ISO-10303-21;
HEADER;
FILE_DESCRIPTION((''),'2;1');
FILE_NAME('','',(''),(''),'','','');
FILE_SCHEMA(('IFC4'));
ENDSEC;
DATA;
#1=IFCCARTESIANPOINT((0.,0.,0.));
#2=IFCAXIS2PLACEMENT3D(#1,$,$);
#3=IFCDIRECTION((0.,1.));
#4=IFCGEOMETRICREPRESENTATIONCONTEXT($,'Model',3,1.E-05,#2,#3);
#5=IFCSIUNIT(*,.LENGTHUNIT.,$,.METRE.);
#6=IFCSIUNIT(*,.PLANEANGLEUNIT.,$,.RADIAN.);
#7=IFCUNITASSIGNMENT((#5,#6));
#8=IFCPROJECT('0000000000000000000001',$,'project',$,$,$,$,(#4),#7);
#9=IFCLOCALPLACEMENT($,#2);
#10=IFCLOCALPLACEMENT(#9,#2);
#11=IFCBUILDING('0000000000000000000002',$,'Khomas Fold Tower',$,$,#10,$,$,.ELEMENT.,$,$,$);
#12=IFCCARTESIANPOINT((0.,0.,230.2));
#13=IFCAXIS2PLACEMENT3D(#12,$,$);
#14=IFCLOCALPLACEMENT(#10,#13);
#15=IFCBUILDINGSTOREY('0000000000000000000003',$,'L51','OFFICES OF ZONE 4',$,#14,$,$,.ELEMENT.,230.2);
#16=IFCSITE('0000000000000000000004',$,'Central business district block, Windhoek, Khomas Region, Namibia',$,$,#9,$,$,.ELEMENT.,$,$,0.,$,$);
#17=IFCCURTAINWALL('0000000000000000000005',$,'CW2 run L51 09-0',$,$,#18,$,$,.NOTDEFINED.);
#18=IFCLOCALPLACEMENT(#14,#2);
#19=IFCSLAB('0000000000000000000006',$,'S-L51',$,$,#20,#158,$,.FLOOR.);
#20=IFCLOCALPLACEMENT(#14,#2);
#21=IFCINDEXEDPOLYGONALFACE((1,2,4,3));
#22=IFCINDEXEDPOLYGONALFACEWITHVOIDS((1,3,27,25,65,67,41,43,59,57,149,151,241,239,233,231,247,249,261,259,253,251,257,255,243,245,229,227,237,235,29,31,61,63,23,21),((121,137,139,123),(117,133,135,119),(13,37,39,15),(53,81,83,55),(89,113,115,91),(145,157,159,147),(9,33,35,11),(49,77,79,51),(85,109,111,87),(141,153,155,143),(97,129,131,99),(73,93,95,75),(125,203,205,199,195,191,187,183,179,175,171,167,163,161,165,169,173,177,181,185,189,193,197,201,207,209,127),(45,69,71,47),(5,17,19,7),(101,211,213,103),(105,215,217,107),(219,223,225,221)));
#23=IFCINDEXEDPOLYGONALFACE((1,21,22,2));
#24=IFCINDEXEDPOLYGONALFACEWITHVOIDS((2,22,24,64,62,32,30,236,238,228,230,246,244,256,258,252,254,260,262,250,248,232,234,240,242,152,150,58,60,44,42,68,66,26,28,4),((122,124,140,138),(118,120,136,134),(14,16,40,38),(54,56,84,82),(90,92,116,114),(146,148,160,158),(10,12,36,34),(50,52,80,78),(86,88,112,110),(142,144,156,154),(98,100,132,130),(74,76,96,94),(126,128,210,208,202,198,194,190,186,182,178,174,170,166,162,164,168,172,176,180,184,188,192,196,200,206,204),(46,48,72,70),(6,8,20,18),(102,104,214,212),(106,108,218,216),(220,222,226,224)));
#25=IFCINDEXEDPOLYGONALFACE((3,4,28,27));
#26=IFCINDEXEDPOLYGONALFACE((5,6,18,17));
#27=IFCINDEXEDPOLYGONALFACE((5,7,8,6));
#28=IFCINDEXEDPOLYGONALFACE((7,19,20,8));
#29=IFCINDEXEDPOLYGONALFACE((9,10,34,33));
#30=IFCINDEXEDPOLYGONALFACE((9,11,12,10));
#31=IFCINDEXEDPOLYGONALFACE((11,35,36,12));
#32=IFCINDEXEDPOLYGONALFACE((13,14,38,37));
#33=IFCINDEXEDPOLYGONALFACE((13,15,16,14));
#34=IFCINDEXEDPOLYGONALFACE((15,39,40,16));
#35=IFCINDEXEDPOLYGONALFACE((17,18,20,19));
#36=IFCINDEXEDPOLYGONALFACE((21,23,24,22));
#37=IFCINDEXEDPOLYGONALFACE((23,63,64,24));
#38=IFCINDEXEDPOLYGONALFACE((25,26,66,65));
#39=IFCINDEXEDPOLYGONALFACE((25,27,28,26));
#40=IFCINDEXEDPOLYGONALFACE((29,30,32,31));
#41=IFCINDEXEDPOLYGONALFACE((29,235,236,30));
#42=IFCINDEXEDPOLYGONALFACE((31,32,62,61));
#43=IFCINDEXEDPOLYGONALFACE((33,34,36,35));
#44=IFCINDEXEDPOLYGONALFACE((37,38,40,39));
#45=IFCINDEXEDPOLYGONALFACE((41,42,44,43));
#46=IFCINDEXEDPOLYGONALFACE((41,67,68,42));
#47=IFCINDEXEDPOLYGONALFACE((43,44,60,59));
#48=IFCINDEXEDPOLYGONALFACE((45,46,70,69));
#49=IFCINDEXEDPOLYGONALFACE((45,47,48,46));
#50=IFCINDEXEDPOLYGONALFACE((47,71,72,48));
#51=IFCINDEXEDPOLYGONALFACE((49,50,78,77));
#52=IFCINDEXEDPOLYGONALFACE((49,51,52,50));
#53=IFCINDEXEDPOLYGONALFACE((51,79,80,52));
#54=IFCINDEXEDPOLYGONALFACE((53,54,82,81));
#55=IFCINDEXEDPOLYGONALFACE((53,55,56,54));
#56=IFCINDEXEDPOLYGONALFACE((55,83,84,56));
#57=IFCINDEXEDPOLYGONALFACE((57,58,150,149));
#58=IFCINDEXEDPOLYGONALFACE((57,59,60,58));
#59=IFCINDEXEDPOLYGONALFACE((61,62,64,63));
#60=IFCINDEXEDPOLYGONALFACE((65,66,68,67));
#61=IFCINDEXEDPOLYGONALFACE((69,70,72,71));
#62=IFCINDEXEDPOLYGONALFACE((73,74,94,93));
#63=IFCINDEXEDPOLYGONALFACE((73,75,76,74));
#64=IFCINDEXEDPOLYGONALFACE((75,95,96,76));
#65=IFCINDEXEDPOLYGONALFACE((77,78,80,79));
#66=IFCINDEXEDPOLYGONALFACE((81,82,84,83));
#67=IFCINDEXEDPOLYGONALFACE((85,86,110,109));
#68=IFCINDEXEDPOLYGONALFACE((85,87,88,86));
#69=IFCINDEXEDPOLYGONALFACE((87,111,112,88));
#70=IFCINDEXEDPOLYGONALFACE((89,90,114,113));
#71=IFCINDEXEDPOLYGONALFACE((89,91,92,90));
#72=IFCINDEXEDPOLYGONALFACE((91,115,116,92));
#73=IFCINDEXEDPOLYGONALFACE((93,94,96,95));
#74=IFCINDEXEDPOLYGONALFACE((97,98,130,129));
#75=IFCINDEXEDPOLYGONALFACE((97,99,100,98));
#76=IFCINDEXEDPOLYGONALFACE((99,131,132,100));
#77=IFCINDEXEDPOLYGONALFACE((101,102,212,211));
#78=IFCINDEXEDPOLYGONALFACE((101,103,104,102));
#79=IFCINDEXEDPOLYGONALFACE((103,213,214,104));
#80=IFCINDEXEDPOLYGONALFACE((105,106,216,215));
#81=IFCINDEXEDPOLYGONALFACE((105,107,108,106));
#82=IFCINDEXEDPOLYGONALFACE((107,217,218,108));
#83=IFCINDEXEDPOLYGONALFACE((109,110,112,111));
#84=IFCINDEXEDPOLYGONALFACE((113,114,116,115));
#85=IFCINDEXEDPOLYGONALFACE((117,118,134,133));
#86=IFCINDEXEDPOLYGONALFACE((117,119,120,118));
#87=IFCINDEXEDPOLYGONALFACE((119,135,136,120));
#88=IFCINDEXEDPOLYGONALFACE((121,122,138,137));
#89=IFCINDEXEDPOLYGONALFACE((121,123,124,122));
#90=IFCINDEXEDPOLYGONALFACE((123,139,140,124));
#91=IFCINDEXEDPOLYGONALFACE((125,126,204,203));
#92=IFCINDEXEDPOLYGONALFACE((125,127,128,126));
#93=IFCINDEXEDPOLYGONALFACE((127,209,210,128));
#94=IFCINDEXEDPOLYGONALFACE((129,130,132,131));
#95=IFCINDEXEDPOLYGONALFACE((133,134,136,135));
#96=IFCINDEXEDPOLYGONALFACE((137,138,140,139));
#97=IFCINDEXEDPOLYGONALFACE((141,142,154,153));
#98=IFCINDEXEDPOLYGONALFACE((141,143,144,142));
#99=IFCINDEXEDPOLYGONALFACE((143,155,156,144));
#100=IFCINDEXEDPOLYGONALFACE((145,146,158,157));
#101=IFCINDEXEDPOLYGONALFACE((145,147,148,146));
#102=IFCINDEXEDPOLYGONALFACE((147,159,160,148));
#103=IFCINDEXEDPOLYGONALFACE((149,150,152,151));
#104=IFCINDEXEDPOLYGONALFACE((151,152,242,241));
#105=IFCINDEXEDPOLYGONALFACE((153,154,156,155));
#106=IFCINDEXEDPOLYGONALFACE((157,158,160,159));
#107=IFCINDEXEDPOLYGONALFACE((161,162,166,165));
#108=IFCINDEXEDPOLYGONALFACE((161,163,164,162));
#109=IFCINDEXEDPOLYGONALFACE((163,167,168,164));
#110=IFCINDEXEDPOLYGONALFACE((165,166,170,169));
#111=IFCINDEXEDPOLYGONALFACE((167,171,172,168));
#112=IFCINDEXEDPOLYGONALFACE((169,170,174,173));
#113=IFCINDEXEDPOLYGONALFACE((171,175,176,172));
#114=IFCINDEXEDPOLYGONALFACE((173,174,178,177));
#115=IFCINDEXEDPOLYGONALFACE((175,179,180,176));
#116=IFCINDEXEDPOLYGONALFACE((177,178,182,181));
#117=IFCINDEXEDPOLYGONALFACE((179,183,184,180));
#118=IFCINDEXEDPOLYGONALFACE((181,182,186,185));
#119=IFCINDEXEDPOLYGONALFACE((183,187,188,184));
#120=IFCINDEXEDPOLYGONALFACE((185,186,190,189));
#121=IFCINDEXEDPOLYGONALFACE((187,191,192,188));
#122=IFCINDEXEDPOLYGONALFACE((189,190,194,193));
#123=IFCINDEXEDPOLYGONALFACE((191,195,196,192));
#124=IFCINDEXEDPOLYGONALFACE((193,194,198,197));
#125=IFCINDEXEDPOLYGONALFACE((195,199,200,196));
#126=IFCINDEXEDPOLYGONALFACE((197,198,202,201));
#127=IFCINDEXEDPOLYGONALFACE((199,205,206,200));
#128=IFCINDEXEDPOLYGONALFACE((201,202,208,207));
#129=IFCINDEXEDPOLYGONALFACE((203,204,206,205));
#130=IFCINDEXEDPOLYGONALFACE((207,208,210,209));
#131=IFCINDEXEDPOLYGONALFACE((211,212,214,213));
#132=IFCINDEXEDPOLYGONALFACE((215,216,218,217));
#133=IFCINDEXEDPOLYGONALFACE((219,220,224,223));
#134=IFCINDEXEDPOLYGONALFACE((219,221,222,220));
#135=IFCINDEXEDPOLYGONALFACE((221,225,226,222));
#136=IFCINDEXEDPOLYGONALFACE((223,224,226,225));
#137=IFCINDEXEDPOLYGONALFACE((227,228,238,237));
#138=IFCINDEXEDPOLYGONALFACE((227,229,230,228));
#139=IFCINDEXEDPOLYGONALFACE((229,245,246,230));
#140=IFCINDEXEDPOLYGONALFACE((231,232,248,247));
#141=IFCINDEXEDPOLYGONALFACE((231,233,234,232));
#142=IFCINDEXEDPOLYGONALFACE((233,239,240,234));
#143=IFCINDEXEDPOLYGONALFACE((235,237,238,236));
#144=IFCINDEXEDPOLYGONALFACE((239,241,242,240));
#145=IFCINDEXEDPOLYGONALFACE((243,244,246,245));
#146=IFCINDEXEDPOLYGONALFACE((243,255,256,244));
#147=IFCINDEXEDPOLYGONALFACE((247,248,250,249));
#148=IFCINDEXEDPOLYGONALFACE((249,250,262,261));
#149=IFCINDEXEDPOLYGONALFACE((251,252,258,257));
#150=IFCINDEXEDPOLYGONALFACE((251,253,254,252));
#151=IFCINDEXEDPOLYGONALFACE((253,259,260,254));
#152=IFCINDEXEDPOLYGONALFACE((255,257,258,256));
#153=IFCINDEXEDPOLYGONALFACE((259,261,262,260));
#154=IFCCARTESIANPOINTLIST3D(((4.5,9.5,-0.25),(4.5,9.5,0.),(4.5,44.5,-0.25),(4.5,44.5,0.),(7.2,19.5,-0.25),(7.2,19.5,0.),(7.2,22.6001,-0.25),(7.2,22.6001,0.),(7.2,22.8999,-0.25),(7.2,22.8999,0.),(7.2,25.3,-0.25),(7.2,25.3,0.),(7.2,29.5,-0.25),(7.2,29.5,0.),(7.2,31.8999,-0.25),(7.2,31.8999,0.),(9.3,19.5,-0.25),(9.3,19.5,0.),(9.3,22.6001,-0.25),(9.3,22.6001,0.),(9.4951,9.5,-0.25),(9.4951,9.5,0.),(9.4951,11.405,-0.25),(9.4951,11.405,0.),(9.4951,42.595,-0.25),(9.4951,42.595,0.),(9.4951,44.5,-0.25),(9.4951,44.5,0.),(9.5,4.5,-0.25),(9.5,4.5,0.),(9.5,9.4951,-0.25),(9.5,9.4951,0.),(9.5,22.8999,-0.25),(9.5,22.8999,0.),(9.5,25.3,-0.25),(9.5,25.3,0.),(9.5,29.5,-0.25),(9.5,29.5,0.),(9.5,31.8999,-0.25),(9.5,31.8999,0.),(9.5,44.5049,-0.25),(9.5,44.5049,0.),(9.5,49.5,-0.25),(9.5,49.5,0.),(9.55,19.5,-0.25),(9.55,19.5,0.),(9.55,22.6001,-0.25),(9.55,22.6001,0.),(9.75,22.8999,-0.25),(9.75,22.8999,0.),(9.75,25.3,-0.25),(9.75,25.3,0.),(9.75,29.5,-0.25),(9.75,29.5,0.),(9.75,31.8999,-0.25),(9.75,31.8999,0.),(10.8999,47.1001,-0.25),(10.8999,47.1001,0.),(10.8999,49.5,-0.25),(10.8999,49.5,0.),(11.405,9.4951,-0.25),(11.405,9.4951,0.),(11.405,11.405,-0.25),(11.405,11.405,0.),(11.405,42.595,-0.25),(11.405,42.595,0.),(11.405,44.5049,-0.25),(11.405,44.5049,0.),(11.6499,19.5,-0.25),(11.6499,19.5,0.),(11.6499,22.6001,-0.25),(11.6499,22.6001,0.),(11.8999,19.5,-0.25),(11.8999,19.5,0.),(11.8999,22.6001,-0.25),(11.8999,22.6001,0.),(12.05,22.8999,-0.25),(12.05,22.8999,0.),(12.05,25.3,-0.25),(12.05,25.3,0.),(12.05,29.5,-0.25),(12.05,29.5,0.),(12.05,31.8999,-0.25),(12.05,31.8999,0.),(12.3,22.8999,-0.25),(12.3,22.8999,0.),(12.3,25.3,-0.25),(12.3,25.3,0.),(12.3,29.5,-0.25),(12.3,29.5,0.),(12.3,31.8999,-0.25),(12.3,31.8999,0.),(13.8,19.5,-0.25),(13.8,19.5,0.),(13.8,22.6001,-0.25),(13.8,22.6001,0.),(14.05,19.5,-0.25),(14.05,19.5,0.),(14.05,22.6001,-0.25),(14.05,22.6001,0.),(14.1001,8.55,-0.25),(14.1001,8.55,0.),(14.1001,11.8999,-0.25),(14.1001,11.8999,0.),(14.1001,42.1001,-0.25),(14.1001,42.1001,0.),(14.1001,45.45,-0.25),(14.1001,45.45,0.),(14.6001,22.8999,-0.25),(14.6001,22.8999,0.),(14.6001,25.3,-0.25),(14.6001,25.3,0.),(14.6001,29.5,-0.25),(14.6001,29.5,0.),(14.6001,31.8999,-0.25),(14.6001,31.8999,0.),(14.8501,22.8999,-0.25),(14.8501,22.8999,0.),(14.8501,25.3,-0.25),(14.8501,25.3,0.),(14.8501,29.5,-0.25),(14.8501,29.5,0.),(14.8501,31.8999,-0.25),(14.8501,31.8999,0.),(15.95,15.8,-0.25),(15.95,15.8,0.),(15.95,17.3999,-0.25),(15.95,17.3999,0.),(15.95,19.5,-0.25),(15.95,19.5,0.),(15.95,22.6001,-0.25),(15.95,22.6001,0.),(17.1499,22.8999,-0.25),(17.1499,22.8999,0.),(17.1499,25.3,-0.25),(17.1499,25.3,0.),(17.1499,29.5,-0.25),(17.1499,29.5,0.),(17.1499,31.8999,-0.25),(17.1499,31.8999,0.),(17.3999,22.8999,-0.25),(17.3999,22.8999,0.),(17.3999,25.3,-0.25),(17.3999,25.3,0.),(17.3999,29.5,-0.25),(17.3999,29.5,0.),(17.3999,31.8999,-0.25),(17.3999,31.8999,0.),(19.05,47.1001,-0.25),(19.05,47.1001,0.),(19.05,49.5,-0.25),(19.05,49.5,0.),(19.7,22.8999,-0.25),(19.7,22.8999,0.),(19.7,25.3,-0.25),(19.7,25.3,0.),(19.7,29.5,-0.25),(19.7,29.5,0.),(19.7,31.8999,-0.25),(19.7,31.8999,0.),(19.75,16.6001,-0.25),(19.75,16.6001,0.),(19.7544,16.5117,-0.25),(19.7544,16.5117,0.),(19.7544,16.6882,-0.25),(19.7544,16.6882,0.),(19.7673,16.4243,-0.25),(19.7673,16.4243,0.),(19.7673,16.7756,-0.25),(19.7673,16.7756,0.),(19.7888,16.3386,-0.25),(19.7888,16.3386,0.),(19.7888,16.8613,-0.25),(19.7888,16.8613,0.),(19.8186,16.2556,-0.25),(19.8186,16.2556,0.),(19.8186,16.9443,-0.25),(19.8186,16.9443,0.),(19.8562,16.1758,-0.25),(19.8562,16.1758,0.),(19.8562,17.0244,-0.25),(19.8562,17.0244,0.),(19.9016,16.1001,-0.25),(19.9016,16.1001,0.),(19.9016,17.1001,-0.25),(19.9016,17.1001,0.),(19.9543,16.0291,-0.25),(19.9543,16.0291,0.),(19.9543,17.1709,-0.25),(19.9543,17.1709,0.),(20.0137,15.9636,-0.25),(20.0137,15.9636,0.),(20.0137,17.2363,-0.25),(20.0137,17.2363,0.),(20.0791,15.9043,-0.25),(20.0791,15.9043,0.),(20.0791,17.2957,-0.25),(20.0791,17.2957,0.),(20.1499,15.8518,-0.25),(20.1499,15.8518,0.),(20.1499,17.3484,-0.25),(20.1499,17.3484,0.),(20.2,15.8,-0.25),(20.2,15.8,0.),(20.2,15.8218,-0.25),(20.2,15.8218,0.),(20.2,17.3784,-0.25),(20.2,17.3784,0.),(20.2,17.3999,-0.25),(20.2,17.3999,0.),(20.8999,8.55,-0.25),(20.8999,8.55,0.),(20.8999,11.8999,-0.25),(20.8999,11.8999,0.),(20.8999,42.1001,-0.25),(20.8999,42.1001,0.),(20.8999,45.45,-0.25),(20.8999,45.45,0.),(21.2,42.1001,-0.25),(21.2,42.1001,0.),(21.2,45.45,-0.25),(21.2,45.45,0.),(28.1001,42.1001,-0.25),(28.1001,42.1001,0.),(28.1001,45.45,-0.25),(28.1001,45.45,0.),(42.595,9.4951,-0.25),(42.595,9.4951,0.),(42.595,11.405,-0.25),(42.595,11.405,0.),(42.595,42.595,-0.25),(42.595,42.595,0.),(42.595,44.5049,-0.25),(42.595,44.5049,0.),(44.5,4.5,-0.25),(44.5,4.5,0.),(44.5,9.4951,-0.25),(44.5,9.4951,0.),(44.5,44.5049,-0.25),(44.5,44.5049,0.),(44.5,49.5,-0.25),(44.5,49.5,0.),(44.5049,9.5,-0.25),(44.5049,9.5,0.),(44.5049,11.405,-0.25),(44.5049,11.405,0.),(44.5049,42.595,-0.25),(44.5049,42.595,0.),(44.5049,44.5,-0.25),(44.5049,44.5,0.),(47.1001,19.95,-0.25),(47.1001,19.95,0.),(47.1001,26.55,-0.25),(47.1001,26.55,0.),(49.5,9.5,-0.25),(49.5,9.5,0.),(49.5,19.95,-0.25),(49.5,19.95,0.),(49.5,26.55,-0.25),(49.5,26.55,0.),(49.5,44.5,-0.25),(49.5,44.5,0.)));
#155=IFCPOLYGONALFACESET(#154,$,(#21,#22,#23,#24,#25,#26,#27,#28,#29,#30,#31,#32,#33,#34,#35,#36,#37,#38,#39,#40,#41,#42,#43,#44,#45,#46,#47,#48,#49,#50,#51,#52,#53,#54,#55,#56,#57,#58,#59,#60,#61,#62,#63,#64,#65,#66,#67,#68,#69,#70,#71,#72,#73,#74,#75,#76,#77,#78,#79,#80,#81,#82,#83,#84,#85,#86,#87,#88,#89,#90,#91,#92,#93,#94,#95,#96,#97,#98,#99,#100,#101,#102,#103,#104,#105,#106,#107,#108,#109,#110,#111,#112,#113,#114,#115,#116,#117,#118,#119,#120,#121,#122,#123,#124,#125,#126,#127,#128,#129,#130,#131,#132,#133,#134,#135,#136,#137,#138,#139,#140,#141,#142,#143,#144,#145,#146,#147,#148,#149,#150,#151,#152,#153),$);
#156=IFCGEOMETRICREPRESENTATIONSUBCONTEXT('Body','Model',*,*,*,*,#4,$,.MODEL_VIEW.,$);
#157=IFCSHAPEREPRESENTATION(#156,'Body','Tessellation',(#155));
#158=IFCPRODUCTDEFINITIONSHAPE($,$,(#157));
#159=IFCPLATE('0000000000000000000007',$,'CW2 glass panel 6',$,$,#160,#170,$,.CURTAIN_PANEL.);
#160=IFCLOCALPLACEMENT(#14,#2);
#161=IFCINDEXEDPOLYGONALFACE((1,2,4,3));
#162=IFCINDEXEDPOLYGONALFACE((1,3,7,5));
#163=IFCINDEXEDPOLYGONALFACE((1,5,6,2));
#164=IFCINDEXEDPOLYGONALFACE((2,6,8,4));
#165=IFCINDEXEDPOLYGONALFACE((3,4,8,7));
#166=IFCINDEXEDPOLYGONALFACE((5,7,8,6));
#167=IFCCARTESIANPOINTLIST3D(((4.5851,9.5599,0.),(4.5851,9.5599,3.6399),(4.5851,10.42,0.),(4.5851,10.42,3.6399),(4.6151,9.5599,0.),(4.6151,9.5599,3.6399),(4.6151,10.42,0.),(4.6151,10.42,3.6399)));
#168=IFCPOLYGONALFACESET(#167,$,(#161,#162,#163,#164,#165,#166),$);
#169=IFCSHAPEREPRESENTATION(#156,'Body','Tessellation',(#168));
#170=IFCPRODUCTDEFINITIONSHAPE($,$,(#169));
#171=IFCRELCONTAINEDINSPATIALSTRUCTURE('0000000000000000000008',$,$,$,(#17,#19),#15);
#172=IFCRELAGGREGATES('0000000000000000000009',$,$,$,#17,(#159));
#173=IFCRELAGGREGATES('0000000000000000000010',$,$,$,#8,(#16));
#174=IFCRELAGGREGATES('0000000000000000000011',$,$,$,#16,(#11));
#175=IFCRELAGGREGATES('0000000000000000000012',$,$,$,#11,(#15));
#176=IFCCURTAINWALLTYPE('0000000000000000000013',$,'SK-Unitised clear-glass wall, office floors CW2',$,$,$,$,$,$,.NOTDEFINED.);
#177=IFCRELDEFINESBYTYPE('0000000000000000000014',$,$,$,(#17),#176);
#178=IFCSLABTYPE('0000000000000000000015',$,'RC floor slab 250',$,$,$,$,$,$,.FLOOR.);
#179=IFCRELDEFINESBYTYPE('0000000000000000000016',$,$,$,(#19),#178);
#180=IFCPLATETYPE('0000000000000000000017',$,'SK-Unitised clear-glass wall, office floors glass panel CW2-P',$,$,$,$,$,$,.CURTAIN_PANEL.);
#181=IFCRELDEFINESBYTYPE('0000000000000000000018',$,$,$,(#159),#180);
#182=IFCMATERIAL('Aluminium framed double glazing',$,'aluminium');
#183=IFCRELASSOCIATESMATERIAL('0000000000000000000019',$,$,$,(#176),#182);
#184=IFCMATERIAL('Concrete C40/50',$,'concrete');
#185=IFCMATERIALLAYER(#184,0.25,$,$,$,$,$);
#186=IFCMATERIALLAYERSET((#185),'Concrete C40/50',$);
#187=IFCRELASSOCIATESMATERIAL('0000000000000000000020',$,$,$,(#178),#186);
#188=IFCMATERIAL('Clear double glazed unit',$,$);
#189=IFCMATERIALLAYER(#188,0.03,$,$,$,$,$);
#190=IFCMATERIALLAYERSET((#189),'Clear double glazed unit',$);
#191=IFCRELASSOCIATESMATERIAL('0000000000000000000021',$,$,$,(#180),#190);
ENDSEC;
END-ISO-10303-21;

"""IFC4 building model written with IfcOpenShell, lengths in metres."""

from ifc_helpers import new_model, si_unit, direction, frame, origin, origin_2d, place, context, subcontext, project, spatial, polyline, rectangle, outline, extrude, source, transform, mapped, material, layer, layer_set, type_object, element, aggregate, save


model = new_model("IFC4")

# Units and contexts
model_context = context("Model", 3, precision=1e-05, world=origin(), true_north=direction((0.0, 1.0)))
body_context = subcontext(model_context, "Body", "Model", "MODEL_VIEW")
ifc_project = project(units=[si_unit("LENGTHUNIT", "METRE"), si_unit("PLANEANGLEUNIT", "RADIAN")], contexts=[model_context])

# Site, building, storey
site_placement = place(None, origin())
site = spatial("IfcSite", under=ifc_project, at=site_placement, Name="Central business district block, Windhoek, Khomas Region, Namibia", CompositionType="ELEMENT", RefElevation=0.0)
building_placement = place(site_placement, origin())
building = spatial("IfcBuilding", under=site, at=building_placement, Name="Khomas Fold Tower", CompositionType="ELEMENT")
storey_placement = place(building_placement, frame((0.0, 0.0, 230.2)))
storey = spatial("IfcBuildingStorey", under=building, at=storey_placement, Name="L51", Description="OFFICES OF ZONE 4", CompositionType="ELEMENT", Elevation=230.2)

# Curtain wall
ifc_material_1 = material(Name="Aluminium framed double glazing", Category="aluminium")
curtain_wall_type = type_object("IfcCurtainWallType", Name="SK-Unitised clear-glass wall, office floors CW2", PredefinedType="NOTDEFINED", material=ifc_material_1)
curtain_wall_1_placement = place(storey_placement, origin())
curtain_wall_1 = element("IfcCurtainWall", 1, at=curtain_wall_1_placement, inside=storey, type_object=curtain_wall_type, Name="CW2 run L51 09-0", PredefinedType="NOTDEFINED")

# Slab
ifc_material_2 = material(Name="Concrete C40/50", Category="concrete")
ifc_layer_1 = layer(ifc_material_2, 0.25)
ifc_layer_set_1 = layer_set([ifc_layer_1], Name="Concrete C40/50")
slab_type_1 = type_object("IfcSlabType", Name="RC floor slab 250", PredefinedType="FLOOR", material=ifc_layer_set_1)
shared_shape_1 = source(origin(), body_context, "Body", "SweptSolid", [
    extrude(outline(polyline([(4.5, 9.5), (9.4951, 9.5), (9.4951, 11.405), (11.405, 11.405), (11.405, 9.4951), (9.5, 9.4951), (9.5, 4.5), (44.5, 4.5), (44.5, 9.4951), (42.595, 9.4951), (42.595, 11.405), (44.5049, 11.405), (44.5049, 9.5), (49.5, 9.5), (49.5, 19.95), (47.1001, 19.95), (47.1001, 26.55), (49.5, 26.55), (49.5, 44.5), (44.5049, 44.5), (44.5049, 42.595), (42.595, 42.595), (42.595, 44.5049), (44.5, 44.5049), (44.5, 49.5), (19.05, 49.5), (19.05, 47.1001), (10.8999, 47.1001), (10.8999, 49.5), (9.5, 49.5), (9.5, 44.5049), (11.405, 44.5049), (11.405, 42.595), (9.4951, 42.595), (9.4951, 44.5), (4.5, 44.5), (4.5, 9.5)]), holes=[polyline([(7.2, 19.5), (7.2, 22.6001), (9.3, 22.6001), (9.3, 19.5), (7.2, 19.5)]), polyline([(7.2, 22.8999), (7.2, 25.3), (9.5, 25.3), (9.5, 22.8999), (7.2, 22.8999)]), polyline([(7.2, 29.5), (7.2, 31.8999), (9.5, 31.8999), (9.5, 29.5), (7.2, 29.5)]), polyline([(9.55, 19.5), (9.55, 22.6001), (11.6499, 22.6001), (11.6499, 19.5), (9.55, 19.5)]), polyline([(9.75, 22.8999), (9.75, 25.3), (12.05, 25.3), (12.05, 22.8999), (9.75, 22.8999)]), polyline([(9.75, 29.5), (9.75, 31.8999), (12.05, 31.8999), (12.05, 29.5), (9.75, 29.5)]), polyline([(11.8999, 19.5), (11.8999, 22.6001), (13.8, 22.6001), (13.8, 19.5), (11.8999, 19.5)]), polyline([(12.3, 22.8999), (12.3, 25.3), (14.6001, 25.3), (14.6001, 22.8999), (12.3, 22.8999)]), polyline([(12.3, 29.5), (12.3, 31.8999), (14.6001, 31.8999), (14.6001, 29.5), (12.3, 29.5)]), polyline([(14.05, 19.5), (14.05, 22.6001), (15.95, 22.6001), (15.95, 19.5), (14.05, 19.5)]), polyline([(14.1001, 8.55), (14.1001, 11.8999), (20.8999, 11.8999), (20.8999, 8.55), (14.1001, 8.55)]), polyline([(14.1001, 42.1001), (14.1001, 45.45), (20.8999, 45.45), (20.8999, 42.1001), (14.1001, 42.1001)]), polyline([(14.8501, 22.8999), (14.8501, 25.3), (17.1499, 25.3), (17.1499, 22.8999), (14.8501, 22.8999)]), polyline([(14.8501, 29.5), (14.8501, 31.8999), (17.1499, 31.8999), (17.1499, 29.5), (14.8501, 29.5)]), polyline([(15.95, 15.8), (15.95, 17.3999), (20.2, 17.3999), (20.2, 17.3784), (20.1499, 17.3484), (20.0791, 17.2957), (20.0137, 17.2363), (19.9543, 17.1709), (19.9016, 17.1001), (19.8562, 17.0244), (19.8186, 16.9443), (19.7888, 16.8613), (19.7673, 16.7756), (19.7544, 16.6882), (19.75, 16.6001), (19.7544, 16.5117), (19.7673, 16.4243), (19.7888, 16.3386), (19.8186, 16.2556), (19.8562, 16.1758), (19.9016, 16.1001), (19.9543, 16.0291), (20.0137, 15.9636), (20.0791, 15.9043), (20.1499, 15.8518), (20.2, 15.8218), (20.2, 15.8), (15.95, 15.8)]), polyline([(17.3999, 22.8999), (17.3999, 25.3), (19.7, 25.3), (19.7, 22.8999), (17.3999, 22.8999)]), polyline([(17.3999, 29.5), (17.3999, 31.8999), (19.7, 31.8999), (19.7, 29.5), (17.3999, 29.5)]), polyline([(21.2, 42.1001), (21.2, 45.45), (28.1001, 45.45), (28.1001, 42.1001), (21.2, 42.1001)])]), origin(), (0.0, 0.0, 1.0), 0.25),
])
slab_1_placement = place(storey_placement, frame((0.0, 0.0, -0.25)))
element("IfcSlab", 2, at=slab_1_placement, inside=storey, type_object=slab_type_1, Name="S-L51", PredefinedType="FLOOR", context=body_context, shape_type="MappedRepresentation", body=[
    mapped(shared_shape_1, transform((0.0, 0.0, 0.0))),
])

# Plate
ifc_material_3 = material(Name="Clear double glazed unit")
ifc_layer_2 = layer(ifc_material_3, 0.03)
ifc_layer_set_2 = layer_set([ifc_layer_2], Name="Clear double glazed unit")
plate_type = type_object("IfcPlateType", Name="SK-Unitised clear-glass wall, office floors glass panel CW2-P", PredefinedType="CURTAIN_PANEL", material=ifc_layer_set_2)
shared_shape_2 = source(origin(), body_context, "Body", "SweptSolid", [
    extrude(rectangle(XDim=0.8601, YDim=0.03, at=origin_2d()), origin(), (0.0, 0.0, 1.0), 3.6399),
])
plate_1_placement = place(storey_placement, frame((4.6001, 9.99, 0.0), z_axis=(0.0, 0.0, 1.0), x_axis=(0.0, -1.0, 0.0)))
plate_1 = element("IfcPlate", 3, at=plate_1_placement, type_object=plate_type, Name="CW2 glass panel 6", PredefinedType="CURTAIN_PANEL", context=body_context, shape_type="MappedRepresentation", body=[
    mapped(shared_shape_2, transform((0.0, 0.0, 0.0))),
])
aggregate(curtain_wall_1, [plate_1])

save(model, "model.ifc")
